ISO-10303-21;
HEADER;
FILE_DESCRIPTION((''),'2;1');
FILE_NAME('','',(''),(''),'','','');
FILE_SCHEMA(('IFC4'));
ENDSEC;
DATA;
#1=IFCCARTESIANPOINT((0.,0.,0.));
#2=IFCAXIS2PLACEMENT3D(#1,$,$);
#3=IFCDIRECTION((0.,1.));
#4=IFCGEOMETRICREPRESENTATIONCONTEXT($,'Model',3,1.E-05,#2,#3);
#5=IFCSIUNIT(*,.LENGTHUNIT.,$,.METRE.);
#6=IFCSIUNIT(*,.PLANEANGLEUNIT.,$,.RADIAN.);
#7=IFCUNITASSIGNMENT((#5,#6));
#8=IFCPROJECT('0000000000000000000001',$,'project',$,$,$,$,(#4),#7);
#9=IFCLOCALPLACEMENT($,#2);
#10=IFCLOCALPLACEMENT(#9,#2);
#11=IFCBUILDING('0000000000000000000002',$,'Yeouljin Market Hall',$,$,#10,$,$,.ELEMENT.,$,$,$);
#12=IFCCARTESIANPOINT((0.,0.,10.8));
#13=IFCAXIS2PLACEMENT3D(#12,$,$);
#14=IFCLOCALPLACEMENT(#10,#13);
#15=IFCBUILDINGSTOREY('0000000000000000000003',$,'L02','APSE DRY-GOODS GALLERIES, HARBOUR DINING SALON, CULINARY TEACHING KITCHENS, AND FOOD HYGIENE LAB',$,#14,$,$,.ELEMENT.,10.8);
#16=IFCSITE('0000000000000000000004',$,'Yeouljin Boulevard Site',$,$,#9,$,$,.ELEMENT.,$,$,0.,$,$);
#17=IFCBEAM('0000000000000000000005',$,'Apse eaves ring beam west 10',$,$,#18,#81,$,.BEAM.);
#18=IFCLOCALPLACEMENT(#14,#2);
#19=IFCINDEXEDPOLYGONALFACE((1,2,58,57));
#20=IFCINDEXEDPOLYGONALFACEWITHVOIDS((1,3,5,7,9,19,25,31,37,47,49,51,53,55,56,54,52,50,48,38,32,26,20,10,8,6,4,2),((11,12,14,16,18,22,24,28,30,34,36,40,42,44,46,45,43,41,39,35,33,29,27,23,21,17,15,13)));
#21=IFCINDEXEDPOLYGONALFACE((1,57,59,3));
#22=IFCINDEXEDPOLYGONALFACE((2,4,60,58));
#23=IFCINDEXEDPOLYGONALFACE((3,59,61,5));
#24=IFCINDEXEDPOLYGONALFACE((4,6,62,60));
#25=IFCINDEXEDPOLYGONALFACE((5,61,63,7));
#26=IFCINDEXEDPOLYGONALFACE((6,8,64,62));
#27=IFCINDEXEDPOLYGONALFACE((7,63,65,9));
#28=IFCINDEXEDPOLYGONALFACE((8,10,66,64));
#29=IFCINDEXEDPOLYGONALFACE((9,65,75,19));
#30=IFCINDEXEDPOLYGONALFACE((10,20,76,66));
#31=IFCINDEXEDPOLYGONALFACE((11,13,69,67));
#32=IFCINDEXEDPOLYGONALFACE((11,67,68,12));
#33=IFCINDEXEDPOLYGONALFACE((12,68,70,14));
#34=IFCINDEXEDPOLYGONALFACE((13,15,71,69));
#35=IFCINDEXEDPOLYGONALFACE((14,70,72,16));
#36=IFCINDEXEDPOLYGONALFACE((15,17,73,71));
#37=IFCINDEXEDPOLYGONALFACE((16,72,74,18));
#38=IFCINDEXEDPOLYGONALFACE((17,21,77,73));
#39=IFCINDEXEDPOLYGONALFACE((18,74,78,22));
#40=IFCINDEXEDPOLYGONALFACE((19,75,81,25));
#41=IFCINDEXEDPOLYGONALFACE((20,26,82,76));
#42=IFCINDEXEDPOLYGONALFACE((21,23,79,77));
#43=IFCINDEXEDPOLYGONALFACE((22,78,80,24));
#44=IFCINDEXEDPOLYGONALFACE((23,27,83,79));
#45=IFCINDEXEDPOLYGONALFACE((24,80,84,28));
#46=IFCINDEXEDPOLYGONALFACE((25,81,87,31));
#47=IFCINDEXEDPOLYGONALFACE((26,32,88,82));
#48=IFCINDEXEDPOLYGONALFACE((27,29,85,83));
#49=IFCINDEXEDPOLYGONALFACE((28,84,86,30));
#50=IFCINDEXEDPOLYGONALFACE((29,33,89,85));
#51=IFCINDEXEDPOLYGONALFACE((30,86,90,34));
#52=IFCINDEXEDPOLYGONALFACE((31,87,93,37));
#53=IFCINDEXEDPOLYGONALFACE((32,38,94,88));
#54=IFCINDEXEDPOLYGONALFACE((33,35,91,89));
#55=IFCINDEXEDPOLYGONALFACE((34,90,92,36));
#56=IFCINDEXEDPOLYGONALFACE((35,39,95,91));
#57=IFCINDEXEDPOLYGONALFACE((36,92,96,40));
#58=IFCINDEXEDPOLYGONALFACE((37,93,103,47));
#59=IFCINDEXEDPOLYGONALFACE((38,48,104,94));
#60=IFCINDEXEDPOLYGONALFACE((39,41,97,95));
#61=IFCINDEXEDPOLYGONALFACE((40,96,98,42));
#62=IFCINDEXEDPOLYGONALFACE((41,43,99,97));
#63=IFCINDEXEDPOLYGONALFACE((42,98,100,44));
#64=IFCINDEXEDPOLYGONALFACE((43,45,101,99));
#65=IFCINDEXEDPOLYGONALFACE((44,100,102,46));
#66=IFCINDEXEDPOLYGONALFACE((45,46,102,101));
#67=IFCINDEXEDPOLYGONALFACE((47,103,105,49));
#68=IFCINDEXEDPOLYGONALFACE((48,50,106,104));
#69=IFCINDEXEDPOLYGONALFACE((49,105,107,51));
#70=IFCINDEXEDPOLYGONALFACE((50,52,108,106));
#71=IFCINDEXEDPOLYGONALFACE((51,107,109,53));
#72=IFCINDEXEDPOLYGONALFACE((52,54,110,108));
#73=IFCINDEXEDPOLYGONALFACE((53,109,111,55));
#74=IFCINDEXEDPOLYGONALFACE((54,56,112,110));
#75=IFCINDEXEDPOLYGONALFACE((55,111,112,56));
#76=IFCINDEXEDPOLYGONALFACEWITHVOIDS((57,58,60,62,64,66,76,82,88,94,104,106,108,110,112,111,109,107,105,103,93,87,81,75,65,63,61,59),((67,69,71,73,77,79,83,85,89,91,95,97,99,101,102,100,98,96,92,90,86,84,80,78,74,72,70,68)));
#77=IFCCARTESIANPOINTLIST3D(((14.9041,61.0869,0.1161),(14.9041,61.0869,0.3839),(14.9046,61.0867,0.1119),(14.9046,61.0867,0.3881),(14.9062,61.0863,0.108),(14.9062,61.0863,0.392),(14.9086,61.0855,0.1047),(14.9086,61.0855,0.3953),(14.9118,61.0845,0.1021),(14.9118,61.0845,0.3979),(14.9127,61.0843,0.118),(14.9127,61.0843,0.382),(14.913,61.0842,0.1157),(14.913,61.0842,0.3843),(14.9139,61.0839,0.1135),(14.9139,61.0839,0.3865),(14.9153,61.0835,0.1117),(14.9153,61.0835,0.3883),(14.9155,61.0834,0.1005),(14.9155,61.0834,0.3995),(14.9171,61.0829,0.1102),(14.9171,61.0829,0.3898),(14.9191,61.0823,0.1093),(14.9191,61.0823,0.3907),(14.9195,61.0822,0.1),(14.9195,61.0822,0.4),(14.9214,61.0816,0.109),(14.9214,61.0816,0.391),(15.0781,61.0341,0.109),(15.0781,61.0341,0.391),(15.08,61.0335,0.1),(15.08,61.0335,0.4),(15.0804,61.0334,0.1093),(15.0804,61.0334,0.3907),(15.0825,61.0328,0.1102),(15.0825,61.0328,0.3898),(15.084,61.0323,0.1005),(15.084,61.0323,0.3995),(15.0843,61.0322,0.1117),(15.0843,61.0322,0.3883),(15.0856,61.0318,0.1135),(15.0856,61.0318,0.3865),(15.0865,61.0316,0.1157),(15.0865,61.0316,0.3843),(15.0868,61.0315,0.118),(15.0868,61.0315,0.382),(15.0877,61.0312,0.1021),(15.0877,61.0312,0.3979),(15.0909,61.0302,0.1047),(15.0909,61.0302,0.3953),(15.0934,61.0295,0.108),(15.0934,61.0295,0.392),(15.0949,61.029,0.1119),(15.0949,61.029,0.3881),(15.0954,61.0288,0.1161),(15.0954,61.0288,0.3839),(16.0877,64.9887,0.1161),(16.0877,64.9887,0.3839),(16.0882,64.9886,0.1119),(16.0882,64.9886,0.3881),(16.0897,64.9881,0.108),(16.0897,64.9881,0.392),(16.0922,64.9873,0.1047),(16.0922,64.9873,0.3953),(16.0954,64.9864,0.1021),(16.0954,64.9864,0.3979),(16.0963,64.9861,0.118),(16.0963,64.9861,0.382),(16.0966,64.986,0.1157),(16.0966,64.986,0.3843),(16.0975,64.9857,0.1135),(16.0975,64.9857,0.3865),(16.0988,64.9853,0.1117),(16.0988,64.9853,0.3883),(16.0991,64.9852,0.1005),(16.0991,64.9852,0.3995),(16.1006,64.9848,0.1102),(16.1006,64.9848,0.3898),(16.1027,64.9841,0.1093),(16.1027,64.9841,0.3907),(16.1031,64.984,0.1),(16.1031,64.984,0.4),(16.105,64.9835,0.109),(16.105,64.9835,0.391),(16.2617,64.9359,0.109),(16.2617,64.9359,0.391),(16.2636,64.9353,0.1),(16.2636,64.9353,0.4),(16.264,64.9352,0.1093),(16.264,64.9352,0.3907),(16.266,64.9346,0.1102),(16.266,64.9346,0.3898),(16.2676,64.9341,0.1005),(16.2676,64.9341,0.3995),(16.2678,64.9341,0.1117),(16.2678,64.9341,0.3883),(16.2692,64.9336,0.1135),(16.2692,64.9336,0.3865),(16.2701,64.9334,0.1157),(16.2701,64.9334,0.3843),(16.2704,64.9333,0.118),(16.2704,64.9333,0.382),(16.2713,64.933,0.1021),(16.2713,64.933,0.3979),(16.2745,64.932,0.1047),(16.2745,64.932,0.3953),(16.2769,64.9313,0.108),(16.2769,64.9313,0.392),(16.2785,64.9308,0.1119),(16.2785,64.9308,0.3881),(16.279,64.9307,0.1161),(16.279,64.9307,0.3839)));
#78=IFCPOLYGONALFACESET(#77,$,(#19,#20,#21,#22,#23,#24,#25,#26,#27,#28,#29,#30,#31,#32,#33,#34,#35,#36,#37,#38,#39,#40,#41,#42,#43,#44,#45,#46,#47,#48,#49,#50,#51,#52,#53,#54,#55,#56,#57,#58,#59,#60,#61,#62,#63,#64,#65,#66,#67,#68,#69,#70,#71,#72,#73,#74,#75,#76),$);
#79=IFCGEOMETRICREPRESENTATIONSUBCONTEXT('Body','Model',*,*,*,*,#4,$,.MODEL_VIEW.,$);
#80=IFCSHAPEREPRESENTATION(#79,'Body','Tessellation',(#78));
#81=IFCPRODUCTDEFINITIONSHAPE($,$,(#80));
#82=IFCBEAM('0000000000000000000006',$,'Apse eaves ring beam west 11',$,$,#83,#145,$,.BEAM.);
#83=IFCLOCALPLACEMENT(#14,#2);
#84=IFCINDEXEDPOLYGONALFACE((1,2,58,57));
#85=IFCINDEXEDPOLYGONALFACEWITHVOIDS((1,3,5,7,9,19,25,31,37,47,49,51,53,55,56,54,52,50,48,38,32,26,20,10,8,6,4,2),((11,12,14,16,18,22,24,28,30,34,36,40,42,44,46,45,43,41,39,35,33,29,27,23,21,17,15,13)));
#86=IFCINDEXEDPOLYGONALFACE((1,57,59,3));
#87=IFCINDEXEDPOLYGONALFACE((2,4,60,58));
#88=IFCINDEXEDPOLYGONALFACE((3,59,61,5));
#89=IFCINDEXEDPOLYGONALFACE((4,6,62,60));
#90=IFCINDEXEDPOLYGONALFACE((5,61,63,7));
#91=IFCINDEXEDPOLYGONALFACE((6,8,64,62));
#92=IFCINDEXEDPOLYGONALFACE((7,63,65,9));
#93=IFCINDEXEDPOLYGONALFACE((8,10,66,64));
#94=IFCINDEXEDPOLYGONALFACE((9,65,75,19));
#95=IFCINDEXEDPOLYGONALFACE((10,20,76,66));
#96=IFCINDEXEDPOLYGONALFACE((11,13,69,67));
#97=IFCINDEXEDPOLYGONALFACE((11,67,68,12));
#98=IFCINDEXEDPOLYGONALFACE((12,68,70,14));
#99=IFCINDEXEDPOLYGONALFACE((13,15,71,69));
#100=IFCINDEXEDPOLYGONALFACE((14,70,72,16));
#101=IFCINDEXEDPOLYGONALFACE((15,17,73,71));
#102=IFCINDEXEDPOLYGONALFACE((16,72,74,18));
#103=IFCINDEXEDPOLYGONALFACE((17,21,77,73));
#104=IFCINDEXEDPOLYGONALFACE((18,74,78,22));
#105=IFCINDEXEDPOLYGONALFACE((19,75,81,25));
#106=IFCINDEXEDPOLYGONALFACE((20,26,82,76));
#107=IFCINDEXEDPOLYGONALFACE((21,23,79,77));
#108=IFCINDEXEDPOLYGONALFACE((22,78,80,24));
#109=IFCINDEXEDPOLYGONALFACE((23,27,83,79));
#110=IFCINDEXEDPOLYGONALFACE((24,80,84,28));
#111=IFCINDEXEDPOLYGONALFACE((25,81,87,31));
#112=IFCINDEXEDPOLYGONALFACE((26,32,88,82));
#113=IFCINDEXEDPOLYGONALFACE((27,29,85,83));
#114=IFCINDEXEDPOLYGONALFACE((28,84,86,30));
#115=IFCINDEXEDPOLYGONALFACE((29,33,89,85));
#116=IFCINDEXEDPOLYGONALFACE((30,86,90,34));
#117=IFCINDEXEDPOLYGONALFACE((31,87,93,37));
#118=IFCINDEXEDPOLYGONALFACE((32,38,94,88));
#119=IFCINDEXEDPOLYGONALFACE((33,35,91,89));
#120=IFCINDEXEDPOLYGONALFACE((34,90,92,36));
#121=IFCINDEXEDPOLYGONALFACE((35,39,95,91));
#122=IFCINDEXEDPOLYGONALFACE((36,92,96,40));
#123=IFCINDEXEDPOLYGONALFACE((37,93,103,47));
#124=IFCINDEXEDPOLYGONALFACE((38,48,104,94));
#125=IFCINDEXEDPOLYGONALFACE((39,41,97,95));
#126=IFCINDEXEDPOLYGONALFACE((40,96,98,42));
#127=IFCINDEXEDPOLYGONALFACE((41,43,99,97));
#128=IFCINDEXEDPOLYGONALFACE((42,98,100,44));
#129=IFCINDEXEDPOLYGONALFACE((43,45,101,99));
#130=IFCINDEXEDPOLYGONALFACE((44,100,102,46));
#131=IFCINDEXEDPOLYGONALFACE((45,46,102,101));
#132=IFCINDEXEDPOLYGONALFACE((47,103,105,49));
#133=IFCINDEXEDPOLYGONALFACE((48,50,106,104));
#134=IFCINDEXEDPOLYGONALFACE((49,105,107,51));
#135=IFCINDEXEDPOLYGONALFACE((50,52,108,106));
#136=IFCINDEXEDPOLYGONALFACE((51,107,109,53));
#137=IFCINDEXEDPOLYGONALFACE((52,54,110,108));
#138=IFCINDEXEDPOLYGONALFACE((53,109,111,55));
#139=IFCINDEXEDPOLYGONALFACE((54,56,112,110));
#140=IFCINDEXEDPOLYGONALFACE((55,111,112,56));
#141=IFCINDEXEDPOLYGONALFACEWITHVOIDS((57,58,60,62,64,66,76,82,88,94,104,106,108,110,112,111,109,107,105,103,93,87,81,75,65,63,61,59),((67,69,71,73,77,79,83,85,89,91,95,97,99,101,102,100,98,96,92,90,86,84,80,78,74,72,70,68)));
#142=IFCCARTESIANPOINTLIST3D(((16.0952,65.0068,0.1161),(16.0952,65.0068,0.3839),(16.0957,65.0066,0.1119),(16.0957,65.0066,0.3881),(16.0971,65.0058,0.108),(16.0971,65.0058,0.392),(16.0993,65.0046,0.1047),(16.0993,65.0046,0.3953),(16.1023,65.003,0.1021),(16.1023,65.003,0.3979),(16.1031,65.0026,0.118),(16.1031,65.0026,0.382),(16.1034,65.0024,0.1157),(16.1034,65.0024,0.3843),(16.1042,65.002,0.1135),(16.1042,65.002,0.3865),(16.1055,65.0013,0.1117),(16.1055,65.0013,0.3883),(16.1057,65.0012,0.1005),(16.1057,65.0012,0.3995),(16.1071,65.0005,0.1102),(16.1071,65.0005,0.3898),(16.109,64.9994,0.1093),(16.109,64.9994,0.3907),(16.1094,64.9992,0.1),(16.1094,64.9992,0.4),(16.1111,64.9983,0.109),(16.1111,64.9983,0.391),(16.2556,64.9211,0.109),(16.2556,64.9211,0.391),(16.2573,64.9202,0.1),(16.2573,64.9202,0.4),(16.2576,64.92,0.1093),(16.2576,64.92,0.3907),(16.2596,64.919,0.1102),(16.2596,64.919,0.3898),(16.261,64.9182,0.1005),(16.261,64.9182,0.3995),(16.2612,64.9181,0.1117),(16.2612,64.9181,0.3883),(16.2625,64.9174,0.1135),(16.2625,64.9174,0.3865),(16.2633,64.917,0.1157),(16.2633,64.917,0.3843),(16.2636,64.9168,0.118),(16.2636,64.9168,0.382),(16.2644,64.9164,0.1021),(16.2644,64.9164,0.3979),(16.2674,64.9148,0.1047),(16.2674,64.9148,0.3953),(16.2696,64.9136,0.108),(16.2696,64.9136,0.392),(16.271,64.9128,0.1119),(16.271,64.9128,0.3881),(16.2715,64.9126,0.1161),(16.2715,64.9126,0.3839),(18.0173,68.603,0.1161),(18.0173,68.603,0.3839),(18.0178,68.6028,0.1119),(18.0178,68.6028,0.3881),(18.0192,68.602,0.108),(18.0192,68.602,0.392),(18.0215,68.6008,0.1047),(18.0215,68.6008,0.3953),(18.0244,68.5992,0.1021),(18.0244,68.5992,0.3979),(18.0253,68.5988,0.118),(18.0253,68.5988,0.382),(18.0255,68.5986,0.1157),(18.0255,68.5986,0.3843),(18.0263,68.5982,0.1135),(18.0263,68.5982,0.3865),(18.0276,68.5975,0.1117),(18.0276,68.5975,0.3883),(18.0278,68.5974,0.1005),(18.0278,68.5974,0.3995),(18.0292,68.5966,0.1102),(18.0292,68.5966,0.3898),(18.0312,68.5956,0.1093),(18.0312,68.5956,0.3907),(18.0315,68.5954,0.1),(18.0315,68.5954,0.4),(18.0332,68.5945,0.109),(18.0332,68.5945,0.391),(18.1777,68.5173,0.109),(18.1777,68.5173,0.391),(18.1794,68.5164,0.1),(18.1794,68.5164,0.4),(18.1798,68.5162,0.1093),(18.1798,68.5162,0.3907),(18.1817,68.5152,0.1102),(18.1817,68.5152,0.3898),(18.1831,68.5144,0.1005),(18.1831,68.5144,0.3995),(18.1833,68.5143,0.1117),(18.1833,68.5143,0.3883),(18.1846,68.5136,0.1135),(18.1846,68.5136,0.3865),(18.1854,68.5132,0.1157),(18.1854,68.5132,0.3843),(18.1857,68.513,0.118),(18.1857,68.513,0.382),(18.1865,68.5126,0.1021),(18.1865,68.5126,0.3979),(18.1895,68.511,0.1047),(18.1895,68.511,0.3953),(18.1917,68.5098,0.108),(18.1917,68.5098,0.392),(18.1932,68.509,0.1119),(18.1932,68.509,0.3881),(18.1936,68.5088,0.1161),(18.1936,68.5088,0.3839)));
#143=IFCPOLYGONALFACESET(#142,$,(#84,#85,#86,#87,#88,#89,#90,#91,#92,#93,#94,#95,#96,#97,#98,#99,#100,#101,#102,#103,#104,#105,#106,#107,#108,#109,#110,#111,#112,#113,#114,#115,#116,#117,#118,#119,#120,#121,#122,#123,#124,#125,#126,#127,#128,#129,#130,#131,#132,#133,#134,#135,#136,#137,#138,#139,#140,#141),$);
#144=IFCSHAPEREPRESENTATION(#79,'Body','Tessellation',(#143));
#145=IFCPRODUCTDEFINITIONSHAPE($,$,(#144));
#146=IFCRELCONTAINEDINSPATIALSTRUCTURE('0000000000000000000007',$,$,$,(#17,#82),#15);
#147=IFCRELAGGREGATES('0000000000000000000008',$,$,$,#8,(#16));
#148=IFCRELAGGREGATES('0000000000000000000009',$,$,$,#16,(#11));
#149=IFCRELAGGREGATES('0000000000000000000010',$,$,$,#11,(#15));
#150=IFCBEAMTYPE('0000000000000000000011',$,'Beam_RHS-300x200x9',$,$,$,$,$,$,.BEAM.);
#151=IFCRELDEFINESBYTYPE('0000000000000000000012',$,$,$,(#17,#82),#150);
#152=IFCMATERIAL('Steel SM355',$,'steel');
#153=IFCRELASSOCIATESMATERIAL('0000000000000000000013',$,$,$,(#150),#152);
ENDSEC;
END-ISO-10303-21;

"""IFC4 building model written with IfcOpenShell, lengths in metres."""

from ifc_helpers import new_model, si_unit, direction, frame, origin, origin_2d, place, context, subcontext, project, spatial, hollow_rectangle, extrude, material, material_profile, profile_set, type_object, element, save


model = new_model("IFC4")

# Units and contexts
model_context = context("Model", 3, precision=1e-05, world=origin(), true_north=direction((0.0, 1.0)))
body_context = subcontext(model_context, "Body", "Model", "MODEL_VIEW")
ifc_project = project(units=[si_unit("LENGTHUNIT", "METRE"), si_unit("PLANEANGLEUNIT", "RADIAN")], contexts=[model_context])

# Site, building, storey
site_placement = place(None, origin())
site = spatial("IfcSite", under=ifc_project, at=site_placement, Name="Yeouljin Boulevard Site", CompositionType="ELEMENT", RefElevation=0.0)
building_placement = place(site_placement, origin())
building = spatial("IfcBuilding", under=site, at=building_placement, Name="Yeouljin Market Hall", CompositionType="ELEMENT")
storey_placement = place(building_placement, frame((0.0, 0.0, 10.8)))
storey = spatial("IfcBuildingStorey", under=building, at=storey_placement, Name="L02", Description="APSE DRY-GOODS GALLERIES, HARBOUR DINING SALON, CULINARY TEACHING KITCHENS, AND FOOD HYGIENE LAB", CompositionType="ELEMENT", Elevation=10.8)

# Beams
ifc_material_1 = material(Name="Steel SM355", Category="steel")
ifc_material_profile_1 = material_profile(ifc_material_1, hollow_rectangle(XDim=0.2, YDim=0.3, WallThickness=0.009, InnerFilletRadius=0.009, OuterFilletRadius=0.0161, at=origin_2d()), Name="RHS-300x200x9")
ifc_profile_set_1 = profile_set([ifc_material_profile_1], Name="Steel SM355")
beam_type_1 = type_object("IfcBeamType", Name="Beam_RHS-300x200x9", PredefinedType="BEAM", material=ifc_profile_set_1)
for number, where, z_axis, x_axis, name in (
    (1, (14.9998, 61.0579, 0.25), (0.29028, 0.956942, 0.0), (-0.956942, 0.29028, 0.0), "Apse eaves ring beam west 10"),
):
    element("IfcBeam", number, at=place(storey_placement, frame(where, z_axis=z_axis, x_axis=x_axis)), inside=storey, type_object=beam_type_1, Name=name, PredefinedType="BEAM", context=body_context, shape_type="SweptSolid", body=[
        extrude(hollow_rectangle(XDim=0.2, YDim=0.3, WallThickness=0.009, InnerFilletRadius=0.009, OuterFilletRadius=0.0161, at=origin_2d()), origin(), (0.0, 0.0, 1.0), 4.0774),
    ])
beam_1_placement = place(storey_placement, frame((16.1833, 64.9597, 0.25), z_axis=(0.47138, 0.88193, 0.0), x_axis=(-0.88193, 0.47138, 0.0)))
element("IfcBeam", 2, at=beam_1_placement, inside=storey, type_object=beam_type_1, Name="Apse eaves ring beam west 11", PredefinedType="BEAM", context=body_context, shape_type="SweptSolid", body=[
    extrude(hollow_rectangle(XDim=0.2, YDim=0.3, WallThickness=0.009, InnerFilletRadius=0.009, OuterFilletRadius=0.0161, at=origin_2d()), origin(), (0.0, 0.0, 1.0), 4.0776),
])

save(model, "model.ifc")
